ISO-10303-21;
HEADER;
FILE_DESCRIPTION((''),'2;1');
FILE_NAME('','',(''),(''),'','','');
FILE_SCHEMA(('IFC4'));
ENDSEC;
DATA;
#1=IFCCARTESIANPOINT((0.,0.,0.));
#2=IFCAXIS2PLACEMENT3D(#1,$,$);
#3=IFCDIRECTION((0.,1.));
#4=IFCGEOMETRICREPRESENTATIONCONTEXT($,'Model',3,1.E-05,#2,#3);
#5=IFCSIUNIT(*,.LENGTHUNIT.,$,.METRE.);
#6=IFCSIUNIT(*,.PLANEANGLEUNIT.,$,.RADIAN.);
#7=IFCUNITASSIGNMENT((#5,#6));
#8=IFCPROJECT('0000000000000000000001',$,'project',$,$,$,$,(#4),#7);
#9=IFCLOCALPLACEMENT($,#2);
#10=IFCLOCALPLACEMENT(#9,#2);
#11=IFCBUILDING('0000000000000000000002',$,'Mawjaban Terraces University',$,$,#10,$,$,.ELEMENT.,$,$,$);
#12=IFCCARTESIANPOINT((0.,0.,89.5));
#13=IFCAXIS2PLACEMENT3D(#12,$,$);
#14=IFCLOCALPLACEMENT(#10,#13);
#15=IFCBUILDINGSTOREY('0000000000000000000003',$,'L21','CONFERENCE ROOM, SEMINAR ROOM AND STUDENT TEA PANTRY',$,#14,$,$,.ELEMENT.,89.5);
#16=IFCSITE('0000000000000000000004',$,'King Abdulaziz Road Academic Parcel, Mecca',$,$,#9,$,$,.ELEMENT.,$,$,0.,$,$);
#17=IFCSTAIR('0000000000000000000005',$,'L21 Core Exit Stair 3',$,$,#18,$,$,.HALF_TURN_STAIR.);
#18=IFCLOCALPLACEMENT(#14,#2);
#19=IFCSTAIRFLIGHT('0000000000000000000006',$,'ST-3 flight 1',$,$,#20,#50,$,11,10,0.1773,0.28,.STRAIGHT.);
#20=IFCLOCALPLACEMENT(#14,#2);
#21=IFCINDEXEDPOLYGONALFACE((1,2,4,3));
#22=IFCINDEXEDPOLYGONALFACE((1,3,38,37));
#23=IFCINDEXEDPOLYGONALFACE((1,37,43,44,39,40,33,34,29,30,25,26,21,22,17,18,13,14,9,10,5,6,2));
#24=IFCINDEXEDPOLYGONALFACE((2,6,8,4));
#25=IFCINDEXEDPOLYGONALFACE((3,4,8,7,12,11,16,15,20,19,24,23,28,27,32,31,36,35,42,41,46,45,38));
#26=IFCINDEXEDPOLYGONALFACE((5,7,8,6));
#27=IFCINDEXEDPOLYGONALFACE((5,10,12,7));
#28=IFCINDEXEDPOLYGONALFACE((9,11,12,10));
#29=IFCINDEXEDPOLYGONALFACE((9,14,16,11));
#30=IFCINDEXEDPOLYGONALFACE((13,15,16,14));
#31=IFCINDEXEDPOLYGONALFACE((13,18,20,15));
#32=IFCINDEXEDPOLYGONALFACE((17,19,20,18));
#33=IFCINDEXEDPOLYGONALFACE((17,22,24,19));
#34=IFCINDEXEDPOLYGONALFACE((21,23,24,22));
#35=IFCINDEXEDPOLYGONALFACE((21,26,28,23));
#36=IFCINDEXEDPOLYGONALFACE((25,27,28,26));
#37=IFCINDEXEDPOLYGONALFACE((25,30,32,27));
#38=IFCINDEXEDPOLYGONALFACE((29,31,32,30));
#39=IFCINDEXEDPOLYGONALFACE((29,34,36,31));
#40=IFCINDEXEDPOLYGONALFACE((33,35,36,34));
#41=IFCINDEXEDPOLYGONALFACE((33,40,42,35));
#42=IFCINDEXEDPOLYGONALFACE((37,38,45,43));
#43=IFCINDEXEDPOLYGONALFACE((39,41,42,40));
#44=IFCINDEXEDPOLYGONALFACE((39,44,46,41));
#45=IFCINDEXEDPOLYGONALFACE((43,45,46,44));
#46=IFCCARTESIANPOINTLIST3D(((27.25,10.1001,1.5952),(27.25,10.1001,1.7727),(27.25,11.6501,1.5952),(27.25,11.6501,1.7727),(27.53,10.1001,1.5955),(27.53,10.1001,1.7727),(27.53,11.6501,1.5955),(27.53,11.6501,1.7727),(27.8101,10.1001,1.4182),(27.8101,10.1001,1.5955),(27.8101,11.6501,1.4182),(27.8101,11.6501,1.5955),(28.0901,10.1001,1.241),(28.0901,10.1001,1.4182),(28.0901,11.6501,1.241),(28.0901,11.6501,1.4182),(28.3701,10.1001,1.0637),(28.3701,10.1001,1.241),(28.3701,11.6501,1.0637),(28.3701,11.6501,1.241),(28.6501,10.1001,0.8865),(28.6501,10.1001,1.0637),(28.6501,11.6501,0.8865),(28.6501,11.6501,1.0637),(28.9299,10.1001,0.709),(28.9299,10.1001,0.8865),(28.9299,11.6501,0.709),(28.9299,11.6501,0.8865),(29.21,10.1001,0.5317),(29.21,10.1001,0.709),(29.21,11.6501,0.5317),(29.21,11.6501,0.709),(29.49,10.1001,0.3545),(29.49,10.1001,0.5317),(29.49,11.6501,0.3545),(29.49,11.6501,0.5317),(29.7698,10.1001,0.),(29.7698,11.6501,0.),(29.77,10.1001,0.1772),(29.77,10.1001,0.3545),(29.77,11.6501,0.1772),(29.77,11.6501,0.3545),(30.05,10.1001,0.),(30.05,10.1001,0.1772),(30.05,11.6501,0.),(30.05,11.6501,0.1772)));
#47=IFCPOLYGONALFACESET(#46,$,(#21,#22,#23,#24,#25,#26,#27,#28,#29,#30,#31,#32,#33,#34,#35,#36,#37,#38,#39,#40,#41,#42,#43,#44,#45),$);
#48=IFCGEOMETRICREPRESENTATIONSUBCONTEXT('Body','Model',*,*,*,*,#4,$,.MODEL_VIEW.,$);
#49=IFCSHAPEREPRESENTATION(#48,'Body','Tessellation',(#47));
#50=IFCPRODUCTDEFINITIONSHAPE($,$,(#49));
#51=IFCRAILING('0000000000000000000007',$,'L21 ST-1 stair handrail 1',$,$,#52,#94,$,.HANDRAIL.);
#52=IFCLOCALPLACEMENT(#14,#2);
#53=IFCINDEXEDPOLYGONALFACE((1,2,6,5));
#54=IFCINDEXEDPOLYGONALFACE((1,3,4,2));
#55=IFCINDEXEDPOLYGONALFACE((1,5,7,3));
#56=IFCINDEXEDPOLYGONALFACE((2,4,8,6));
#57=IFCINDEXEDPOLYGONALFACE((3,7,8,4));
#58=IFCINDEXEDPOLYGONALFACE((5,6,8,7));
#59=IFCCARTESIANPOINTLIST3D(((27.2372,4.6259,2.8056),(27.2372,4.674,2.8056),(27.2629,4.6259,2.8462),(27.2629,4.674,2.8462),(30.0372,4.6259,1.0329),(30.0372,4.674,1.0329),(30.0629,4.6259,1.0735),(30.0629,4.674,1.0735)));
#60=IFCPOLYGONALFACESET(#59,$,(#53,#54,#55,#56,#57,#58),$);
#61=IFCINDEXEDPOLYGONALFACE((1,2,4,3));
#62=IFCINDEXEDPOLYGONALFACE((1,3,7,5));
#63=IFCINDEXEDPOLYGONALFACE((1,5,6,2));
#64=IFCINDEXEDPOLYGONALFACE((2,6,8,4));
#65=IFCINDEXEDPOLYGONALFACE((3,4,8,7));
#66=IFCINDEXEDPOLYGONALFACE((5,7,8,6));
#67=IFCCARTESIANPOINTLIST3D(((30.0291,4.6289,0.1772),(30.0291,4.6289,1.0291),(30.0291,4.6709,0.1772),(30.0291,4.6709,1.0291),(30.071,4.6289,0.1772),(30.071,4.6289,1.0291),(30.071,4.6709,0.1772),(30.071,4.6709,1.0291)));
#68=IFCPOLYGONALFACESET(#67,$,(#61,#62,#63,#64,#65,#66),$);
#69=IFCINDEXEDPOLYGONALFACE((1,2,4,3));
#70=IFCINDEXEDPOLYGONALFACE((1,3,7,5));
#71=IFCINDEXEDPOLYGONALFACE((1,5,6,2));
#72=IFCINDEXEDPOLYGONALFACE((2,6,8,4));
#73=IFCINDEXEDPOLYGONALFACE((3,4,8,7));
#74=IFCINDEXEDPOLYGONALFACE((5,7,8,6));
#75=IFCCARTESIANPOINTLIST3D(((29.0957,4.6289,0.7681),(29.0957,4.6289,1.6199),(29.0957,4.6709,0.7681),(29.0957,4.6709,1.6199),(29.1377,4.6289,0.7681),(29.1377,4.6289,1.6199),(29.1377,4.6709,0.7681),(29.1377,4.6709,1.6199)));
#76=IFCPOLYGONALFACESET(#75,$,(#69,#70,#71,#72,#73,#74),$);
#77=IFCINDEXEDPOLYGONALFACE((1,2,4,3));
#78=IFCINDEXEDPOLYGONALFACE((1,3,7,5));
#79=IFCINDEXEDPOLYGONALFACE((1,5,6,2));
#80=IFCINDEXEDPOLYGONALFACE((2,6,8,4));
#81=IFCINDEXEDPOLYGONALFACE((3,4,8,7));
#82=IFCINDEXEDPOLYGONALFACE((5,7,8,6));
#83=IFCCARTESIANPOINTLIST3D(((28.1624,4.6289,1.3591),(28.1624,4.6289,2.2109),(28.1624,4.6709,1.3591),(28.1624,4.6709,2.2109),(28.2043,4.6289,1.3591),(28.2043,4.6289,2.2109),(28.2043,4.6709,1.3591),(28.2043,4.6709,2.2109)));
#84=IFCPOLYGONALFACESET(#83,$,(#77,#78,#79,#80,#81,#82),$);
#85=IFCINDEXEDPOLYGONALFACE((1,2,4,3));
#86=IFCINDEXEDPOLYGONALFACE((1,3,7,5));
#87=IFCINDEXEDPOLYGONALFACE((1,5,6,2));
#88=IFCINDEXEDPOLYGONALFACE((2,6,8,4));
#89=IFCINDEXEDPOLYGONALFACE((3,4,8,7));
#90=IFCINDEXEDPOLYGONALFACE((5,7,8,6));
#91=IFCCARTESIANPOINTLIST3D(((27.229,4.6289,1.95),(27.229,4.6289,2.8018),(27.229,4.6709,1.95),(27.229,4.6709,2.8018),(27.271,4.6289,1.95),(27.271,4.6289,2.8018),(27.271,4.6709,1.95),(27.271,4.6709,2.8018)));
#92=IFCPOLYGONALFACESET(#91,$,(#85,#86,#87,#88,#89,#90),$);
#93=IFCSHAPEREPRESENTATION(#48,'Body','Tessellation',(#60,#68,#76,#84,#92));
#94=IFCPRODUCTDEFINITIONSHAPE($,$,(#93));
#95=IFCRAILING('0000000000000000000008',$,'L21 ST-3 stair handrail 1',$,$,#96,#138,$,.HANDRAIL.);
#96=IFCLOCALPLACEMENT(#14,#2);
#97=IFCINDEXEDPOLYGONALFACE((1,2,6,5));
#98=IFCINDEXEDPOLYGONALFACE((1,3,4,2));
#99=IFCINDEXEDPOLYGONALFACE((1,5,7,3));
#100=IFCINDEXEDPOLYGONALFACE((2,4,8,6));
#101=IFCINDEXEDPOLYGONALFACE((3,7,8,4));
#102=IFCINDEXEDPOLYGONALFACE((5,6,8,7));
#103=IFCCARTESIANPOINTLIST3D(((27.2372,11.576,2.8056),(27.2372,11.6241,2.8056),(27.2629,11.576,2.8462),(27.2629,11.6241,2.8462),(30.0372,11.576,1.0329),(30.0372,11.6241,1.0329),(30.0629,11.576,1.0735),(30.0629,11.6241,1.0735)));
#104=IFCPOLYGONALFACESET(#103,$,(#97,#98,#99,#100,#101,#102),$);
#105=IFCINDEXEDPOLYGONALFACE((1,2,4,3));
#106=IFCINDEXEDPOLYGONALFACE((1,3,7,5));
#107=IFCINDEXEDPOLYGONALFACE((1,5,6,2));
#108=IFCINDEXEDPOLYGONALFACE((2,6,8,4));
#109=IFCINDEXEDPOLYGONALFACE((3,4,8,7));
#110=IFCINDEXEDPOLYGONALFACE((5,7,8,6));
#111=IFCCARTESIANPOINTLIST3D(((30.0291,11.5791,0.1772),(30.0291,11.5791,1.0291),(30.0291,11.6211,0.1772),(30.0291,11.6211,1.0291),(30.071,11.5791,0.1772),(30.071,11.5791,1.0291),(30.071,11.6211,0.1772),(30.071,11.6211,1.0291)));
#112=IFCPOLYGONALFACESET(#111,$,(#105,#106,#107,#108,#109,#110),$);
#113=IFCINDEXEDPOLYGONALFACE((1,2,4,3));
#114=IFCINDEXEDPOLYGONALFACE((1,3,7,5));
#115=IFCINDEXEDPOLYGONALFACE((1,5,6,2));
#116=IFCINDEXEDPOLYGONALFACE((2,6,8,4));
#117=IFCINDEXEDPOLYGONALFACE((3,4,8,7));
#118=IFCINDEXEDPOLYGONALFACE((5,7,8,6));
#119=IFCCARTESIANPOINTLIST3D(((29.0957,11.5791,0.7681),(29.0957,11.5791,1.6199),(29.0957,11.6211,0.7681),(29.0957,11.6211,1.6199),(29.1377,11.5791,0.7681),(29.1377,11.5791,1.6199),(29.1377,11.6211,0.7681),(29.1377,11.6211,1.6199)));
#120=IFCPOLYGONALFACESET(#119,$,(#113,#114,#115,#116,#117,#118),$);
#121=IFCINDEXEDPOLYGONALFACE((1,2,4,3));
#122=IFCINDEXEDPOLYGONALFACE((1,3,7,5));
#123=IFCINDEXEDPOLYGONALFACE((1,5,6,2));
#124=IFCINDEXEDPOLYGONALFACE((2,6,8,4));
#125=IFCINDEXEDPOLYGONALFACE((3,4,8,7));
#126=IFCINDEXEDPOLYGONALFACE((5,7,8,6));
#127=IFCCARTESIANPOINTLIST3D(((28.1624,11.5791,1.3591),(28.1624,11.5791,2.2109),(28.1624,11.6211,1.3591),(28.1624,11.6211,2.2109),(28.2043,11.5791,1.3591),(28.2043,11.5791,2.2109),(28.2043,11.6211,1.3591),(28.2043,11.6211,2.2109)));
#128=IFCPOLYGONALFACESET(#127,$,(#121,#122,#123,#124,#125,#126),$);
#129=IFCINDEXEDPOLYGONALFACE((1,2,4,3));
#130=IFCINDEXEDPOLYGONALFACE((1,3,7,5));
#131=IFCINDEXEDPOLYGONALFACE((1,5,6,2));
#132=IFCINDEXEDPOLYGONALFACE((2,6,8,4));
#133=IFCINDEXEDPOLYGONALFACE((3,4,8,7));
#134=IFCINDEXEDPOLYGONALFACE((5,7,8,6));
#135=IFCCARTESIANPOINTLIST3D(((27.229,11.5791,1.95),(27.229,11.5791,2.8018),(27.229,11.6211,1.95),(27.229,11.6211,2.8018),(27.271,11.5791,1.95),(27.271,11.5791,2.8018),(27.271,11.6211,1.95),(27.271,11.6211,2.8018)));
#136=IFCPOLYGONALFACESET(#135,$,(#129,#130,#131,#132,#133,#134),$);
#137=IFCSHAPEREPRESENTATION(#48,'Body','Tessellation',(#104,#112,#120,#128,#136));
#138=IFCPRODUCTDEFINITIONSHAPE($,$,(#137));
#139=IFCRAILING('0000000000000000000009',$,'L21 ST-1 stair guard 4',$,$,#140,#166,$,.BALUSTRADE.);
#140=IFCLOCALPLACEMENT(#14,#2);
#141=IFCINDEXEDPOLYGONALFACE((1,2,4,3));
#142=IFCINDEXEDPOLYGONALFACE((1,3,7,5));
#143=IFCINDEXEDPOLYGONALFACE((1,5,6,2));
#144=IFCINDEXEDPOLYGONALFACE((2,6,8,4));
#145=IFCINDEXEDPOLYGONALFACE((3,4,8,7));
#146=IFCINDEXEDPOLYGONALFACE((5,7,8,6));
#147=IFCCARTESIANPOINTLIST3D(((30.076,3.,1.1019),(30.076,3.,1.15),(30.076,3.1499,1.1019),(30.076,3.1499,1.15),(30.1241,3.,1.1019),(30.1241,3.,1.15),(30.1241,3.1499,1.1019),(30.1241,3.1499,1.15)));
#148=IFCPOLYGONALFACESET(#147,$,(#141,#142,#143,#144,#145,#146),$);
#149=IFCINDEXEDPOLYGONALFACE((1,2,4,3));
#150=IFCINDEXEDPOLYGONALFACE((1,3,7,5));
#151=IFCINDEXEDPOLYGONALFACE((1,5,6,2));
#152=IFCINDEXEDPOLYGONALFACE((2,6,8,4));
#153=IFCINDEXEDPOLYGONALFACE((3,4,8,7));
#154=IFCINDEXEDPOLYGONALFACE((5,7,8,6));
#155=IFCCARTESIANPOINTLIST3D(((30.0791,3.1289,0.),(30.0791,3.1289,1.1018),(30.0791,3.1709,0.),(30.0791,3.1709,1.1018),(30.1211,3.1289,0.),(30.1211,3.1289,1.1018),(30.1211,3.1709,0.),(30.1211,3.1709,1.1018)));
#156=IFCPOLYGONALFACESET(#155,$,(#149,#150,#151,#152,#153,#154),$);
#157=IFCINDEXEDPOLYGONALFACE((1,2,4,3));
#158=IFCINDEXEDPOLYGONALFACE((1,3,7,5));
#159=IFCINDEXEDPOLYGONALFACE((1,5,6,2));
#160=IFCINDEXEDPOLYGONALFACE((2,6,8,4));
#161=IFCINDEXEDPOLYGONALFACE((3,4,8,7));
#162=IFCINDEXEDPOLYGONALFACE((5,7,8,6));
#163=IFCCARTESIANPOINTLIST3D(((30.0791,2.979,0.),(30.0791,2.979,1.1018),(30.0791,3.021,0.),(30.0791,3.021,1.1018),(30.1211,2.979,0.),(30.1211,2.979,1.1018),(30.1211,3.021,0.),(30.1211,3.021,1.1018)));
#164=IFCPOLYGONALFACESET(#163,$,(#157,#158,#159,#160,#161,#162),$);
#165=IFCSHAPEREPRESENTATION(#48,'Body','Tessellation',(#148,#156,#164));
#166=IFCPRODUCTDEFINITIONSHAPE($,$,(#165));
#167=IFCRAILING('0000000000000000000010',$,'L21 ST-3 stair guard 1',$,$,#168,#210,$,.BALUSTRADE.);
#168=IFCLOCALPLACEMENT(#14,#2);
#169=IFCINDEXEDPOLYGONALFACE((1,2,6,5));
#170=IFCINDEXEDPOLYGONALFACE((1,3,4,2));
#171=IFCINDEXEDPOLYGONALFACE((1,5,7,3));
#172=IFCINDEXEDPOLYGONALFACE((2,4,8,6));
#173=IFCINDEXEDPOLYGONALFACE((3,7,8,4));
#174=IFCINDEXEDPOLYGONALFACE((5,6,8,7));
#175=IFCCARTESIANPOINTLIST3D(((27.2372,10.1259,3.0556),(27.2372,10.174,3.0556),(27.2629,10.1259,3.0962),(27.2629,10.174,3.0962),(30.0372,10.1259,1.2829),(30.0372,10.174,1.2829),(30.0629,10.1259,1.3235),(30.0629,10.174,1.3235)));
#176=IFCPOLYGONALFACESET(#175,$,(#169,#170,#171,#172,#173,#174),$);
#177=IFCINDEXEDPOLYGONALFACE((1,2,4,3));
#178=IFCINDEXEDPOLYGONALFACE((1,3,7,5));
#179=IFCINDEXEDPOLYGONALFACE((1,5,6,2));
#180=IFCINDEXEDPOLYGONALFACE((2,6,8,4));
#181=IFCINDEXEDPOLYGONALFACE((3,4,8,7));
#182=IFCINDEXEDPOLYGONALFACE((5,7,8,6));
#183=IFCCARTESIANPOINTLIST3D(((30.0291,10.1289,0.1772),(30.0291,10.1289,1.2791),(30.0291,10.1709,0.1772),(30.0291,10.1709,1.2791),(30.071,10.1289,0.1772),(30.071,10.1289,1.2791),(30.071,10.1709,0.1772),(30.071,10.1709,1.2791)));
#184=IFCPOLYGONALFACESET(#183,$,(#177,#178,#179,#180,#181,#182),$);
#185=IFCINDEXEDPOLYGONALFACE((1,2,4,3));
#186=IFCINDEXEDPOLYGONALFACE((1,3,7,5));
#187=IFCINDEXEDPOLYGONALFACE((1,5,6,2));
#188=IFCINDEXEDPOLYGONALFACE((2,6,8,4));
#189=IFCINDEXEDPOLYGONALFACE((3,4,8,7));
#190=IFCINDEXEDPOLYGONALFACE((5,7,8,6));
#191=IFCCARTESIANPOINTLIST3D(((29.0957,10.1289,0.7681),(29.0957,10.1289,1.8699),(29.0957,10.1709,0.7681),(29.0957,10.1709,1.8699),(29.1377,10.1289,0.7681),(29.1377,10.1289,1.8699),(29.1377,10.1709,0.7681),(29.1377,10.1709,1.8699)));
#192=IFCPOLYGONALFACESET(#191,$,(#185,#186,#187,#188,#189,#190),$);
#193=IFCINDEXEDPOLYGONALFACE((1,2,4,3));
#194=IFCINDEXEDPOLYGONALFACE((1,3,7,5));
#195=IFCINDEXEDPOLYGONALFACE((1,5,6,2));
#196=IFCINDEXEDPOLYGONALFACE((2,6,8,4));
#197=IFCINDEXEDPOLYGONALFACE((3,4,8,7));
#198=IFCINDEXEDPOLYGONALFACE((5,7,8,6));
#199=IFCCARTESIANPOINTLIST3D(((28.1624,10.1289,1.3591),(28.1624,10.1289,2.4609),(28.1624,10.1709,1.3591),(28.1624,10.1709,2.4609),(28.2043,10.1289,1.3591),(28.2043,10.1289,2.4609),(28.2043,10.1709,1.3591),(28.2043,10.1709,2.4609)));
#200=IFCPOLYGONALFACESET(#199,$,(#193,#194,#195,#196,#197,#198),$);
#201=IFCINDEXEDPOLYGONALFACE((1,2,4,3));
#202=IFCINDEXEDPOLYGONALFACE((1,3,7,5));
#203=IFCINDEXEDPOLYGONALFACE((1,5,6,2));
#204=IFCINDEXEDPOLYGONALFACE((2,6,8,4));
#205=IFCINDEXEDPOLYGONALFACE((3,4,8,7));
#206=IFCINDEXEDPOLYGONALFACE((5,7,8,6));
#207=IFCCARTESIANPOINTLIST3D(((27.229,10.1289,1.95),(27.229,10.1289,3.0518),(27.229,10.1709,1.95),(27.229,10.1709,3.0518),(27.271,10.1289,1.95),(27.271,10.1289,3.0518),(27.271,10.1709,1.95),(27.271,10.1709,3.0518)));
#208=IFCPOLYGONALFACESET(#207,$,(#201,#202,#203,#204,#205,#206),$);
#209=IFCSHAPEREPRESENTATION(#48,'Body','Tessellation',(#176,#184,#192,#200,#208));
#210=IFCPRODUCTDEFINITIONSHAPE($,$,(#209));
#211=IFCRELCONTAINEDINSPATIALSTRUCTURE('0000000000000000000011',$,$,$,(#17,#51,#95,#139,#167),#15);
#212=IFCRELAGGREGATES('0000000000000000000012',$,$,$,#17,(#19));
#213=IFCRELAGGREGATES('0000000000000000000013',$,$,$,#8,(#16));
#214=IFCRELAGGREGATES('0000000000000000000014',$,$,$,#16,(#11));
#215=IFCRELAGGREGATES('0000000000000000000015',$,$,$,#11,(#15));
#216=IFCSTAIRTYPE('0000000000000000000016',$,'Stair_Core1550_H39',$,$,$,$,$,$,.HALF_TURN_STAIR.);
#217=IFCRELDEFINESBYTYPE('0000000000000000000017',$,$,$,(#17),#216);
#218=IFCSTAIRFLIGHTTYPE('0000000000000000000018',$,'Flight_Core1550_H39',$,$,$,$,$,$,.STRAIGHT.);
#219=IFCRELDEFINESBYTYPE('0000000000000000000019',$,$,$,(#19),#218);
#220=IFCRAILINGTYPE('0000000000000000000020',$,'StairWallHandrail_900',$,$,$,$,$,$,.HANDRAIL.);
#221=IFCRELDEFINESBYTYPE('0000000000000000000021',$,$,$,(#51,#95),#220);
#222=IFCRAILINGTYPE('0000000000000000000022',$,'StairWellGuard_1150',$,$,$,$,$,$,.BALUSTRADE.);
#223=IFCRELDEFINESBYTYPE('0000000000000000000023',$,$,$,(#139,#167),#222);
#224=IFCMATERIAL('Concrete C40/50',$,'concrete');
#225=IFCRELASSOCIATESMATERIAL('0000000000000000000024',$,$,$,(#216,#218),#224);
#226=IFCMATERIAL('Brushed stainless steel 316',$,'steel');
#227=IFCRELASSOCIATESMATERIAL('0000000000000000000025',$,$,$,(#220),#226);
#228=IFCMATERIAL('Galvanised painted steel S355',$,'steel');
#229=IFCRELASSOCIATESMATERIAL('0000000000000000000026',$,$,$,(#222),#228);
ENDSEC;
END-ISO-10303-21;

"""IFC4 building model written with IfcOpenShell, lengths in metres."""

from ifc_helpers import new_model, si_unit, direction, frame, origin, origin_2d, place, context, subcontext, project, spatial, polyline, rectangle, outline, extrude, material, type_object, element, aggregate, save


model = new_model("IFC4")

# Units and contexts
model_context = context("Model", 3, precision=1e-05, world=origin(), true_north=direction((0.0, 1.0)))
body_context = subcontext(model_context, "Body", "Model", "MODEL_VIEW")
ifc_project = project(units=[si_unit("LENGTHUNIT", "METRE"), si_unit("PLANEANGLEUNIT", "RADIAN")], contexts=[model_context])

# Site, building, storey
site_placement = place(None, origin())
site = spatial("IfcSite", under=ifc_project, at=site_placement, Name="King Abdulaziz Road Academic Parcel, Mecca", CompositionType="ELEMENT", RefElevation=0.0)
building_placement = place(site_placement, origin())
building = spatial("IfcBuilding", under=site, at=building_placement, Name="Mawjaban Terraces University", CompositionType="ELEMENT")
storey_placement = place(building_placement, frame((0.0, 0.0, 89.5)))
storey = spatial("IfcBuildingStorey", under=building, at=storey_placement, Name="L21", Description="CONFERENCE ROOM, SEMINAR ROOM AND STUDENT TEA PANTRY", CompositionType="ELEMENT", Elevation=89.5)

# Shared definitions
ifc_material_1 = material(Name="Concrete C40/50", Category="concrete")

# Stair, stair flight
stair_type = type_object("IfcStairType", Name="Stair_Core1550_H39", PredefinedType="HALF_TURN_STAIR", material=ifc_material_1)
stair_flight_type = type_object("IfcStairFlightType", Name="Flight_Core1550_H39", PredefinedType="STRAIGHT", material=ifc_material_1)
stair_1_placement = place(storey_placement, origin())
stair_1 = element("IfcStair", 1, at=stair_1_placement, inside=storey, type_object=stair_type, Name="L21 Core Exit Stair 3", PredefinedType="HALF_TURN_STAIR")
stair_flight_1_placement = place(storey_placement, frame((30.05, 10.875, 0.0), z_axis=(0.0, 0.0, 1.0), x_axis=(-1.0, 0.0, 0.0)))
stair_flight_1 = element("IfcStairFlight", 2, at=stair_flight_1_placement, type_object=stair_flight_type, Name="ST-3 flight 1", NumberOfRisers=11, NumberOfTreads=10, PredefinedType="STRAIGHT", RiserHeight=0.1773, TreadLength=0.28, context=body_context, shape_type="SweptSolid", body=[
    extrude(outline(polyline([(0.0, 0.0), (0.0, 0.1772), (0.28, 0.1772), (0.28, 0.3545), (0.5601, 0.3545), (0.5601, 0.5317), (0.8401, 0.5317), (0.8401, 0.709), (1.1201, 0.709), (1.1201, 0.8865), (1.3999, 0.8865), (1.3999, 1.0637), (1.6799, 1.0637), (1.6799, 1.241), (1.96, 1.241), (1.96, 1.4182), (2.24, 1.4182), (2.24, 1.5955), (2.52, 1.5955), (2.52, 1.7727), (2.8, 1.7727), (2.8, 1.95), (2.8, 1.5952), (0.2803, 0.0), (0.0, 0.0)])), frame((0.0, 0.7749, 0.0), z_axis=(0.0, -1.0, 0.0), x_axis=(1.0, 0.0, 0.0)), (0.0, 0.0, 1.0), 1.55),
])
aggregate(stair_1, [stair_flight_1])

# Railings
ifc_material_2 = material(Name="Brushed stainless steel 316", Category="steel")
railing_type_1 = type_object("IfcRailingType", Name="StairWallHandrail_900", PredefinedType="HANDRAIL", material=ifc_material_2)
for number, where, name in (
    (3, (30.05, 4.6499, 0.1772), "L21 ST-1 stair handrail 1"),
    (4, (30.05, 11.6001, 0.1772), "L21 ST-3 stair handrail 1"),
):
    element("IfcRailing", number, at=place(storey_placement, frame(where)), inside=storey, type_object=railing_type_1, Name=name, PredefinedType="HANDRAIL", context=body_context, shape_type="SweptSolid", body=[
        extrude(rectangle(XDim=0.0481, YDim=0.0481, at=origin_2d()), frame((0.0, 0.0, 0.876), z_axis=(-0.844909, 0.0, 0.53491), x_axis=(0.0, -1.0, 0.0)), (0.0, 0.0, 1.0), 3.314),
        extrude(rectangle(XDim=0.042, YDim=0.042, at=origin_2d()), origin(), (0.0, 0.0, 1.0), 0.8518),
        extrude(rectangle(XDim=0.042, YDim=0.042, at=origin_2d()), frame((-0.9333, 0.0, 0.5908)), (0.0, 0.0, 1.0), 0.8518),
        extrude(rectangle(XDim=0.042, YDim=0.042, at=origin_2d()), frame((-1.8667, 0.0, 1.1819)), (0.0, 0.0, 1.0), 0.8518),
        extrude(rectangle(XDim=0.042, YDim=0.042, at=origin_2d()), frame((-2.8, 0.0, 1.7727)), (0.0, 0.0, 1.0), 0.8518),
    ])
ifc_material_3 = material(Name="Galvanised painted steel S355", Category="steel")
railing_type_2 = type_object("IfcRailingType", Name="StairWellGuard_1150", PredefinedType="BALUSTRADE", material=ifc_material_3)
railing_1_placement = place(storey_placement, frame((30.1001, 3.1499, 0.0)))
element("IfcRailing", 5, at=railing_1_placement, inside=storey, type_object=railing_type_2, Name="L21 ST-1 stair guard 4", PredefinedType="BALUSTRADE", context=body_context, shape_type="SweptSolid", body=[
    extrude(rectangle(XDim=0.0481, YDim=0.0481, at=origin_2d()), frame((0.0, 0.0, 1.126), z_axis=(0.0, -1.0, 0.0), x_axis=(1.0, 0.0, 0.0)), (0.0, 0.0, 1.0), 0.1499),
    extrude(rectangle(XDim=0.042, YDim=0.042, at=origin_2d()), origin(), (0.0, 0.0, 1.0), 1.1018),
    extrude(rectangle(XDim=0.042, YDim=0.042, at=origin_2d()), frame((0.0, -0.1499, 0.0)), (0.0, 0.0, 1.0), 1.1018),
])
railing_2_placement = place(storey_placement, frame((30.05, 10.1499, 0.1772)))
element("IfcRailing", 6, at=railing_2_placement, inside=storey, type_object=railing_type_2, Name="L21 ST-3 stair guard 1", PredefinedType="BALUSTRADE", context=body_context, shape_type="SweptSolid", body=[
    extrude(rectangle(XDim=0.0481, YDim=0.0481, at=origin_2d()), frame((0.0, 0.0, 1.126), z_axis=(-0.844909, 0.0, 0.53491), x_axis=(0.0, -1.0, 0.0)), (0.0, 0.0, 1.0), 3.314),
    extrude(rectangle(XDim=0.042, YDim=0.042, at=origin_2d()), origin(), (0.0, 0.0, 1.0), 1.1018),
    extrude(rectangle(XDim=0.042, YDim=0.042, at=origin_2d()), frame((-0.9333, 0.0, 0.5908)), (0.0, 0.0, 1.0), 1.1018),
    extrude(rectangle(XDim=0.042, YDim=0.042, at=origin_2d()), frame((-1.8667, 0.0, 1.1819)), (0.0, 0.0, 1.0), 1.1018),
    extrude(rectangle(XDim=0.042, YDim=0.042, at=origin_2d()), frame((-2.8, 0.0, 1.7727)), (0.0, 0.0, 1.0), 1.1018),
])

save(model, "model.ifc")
